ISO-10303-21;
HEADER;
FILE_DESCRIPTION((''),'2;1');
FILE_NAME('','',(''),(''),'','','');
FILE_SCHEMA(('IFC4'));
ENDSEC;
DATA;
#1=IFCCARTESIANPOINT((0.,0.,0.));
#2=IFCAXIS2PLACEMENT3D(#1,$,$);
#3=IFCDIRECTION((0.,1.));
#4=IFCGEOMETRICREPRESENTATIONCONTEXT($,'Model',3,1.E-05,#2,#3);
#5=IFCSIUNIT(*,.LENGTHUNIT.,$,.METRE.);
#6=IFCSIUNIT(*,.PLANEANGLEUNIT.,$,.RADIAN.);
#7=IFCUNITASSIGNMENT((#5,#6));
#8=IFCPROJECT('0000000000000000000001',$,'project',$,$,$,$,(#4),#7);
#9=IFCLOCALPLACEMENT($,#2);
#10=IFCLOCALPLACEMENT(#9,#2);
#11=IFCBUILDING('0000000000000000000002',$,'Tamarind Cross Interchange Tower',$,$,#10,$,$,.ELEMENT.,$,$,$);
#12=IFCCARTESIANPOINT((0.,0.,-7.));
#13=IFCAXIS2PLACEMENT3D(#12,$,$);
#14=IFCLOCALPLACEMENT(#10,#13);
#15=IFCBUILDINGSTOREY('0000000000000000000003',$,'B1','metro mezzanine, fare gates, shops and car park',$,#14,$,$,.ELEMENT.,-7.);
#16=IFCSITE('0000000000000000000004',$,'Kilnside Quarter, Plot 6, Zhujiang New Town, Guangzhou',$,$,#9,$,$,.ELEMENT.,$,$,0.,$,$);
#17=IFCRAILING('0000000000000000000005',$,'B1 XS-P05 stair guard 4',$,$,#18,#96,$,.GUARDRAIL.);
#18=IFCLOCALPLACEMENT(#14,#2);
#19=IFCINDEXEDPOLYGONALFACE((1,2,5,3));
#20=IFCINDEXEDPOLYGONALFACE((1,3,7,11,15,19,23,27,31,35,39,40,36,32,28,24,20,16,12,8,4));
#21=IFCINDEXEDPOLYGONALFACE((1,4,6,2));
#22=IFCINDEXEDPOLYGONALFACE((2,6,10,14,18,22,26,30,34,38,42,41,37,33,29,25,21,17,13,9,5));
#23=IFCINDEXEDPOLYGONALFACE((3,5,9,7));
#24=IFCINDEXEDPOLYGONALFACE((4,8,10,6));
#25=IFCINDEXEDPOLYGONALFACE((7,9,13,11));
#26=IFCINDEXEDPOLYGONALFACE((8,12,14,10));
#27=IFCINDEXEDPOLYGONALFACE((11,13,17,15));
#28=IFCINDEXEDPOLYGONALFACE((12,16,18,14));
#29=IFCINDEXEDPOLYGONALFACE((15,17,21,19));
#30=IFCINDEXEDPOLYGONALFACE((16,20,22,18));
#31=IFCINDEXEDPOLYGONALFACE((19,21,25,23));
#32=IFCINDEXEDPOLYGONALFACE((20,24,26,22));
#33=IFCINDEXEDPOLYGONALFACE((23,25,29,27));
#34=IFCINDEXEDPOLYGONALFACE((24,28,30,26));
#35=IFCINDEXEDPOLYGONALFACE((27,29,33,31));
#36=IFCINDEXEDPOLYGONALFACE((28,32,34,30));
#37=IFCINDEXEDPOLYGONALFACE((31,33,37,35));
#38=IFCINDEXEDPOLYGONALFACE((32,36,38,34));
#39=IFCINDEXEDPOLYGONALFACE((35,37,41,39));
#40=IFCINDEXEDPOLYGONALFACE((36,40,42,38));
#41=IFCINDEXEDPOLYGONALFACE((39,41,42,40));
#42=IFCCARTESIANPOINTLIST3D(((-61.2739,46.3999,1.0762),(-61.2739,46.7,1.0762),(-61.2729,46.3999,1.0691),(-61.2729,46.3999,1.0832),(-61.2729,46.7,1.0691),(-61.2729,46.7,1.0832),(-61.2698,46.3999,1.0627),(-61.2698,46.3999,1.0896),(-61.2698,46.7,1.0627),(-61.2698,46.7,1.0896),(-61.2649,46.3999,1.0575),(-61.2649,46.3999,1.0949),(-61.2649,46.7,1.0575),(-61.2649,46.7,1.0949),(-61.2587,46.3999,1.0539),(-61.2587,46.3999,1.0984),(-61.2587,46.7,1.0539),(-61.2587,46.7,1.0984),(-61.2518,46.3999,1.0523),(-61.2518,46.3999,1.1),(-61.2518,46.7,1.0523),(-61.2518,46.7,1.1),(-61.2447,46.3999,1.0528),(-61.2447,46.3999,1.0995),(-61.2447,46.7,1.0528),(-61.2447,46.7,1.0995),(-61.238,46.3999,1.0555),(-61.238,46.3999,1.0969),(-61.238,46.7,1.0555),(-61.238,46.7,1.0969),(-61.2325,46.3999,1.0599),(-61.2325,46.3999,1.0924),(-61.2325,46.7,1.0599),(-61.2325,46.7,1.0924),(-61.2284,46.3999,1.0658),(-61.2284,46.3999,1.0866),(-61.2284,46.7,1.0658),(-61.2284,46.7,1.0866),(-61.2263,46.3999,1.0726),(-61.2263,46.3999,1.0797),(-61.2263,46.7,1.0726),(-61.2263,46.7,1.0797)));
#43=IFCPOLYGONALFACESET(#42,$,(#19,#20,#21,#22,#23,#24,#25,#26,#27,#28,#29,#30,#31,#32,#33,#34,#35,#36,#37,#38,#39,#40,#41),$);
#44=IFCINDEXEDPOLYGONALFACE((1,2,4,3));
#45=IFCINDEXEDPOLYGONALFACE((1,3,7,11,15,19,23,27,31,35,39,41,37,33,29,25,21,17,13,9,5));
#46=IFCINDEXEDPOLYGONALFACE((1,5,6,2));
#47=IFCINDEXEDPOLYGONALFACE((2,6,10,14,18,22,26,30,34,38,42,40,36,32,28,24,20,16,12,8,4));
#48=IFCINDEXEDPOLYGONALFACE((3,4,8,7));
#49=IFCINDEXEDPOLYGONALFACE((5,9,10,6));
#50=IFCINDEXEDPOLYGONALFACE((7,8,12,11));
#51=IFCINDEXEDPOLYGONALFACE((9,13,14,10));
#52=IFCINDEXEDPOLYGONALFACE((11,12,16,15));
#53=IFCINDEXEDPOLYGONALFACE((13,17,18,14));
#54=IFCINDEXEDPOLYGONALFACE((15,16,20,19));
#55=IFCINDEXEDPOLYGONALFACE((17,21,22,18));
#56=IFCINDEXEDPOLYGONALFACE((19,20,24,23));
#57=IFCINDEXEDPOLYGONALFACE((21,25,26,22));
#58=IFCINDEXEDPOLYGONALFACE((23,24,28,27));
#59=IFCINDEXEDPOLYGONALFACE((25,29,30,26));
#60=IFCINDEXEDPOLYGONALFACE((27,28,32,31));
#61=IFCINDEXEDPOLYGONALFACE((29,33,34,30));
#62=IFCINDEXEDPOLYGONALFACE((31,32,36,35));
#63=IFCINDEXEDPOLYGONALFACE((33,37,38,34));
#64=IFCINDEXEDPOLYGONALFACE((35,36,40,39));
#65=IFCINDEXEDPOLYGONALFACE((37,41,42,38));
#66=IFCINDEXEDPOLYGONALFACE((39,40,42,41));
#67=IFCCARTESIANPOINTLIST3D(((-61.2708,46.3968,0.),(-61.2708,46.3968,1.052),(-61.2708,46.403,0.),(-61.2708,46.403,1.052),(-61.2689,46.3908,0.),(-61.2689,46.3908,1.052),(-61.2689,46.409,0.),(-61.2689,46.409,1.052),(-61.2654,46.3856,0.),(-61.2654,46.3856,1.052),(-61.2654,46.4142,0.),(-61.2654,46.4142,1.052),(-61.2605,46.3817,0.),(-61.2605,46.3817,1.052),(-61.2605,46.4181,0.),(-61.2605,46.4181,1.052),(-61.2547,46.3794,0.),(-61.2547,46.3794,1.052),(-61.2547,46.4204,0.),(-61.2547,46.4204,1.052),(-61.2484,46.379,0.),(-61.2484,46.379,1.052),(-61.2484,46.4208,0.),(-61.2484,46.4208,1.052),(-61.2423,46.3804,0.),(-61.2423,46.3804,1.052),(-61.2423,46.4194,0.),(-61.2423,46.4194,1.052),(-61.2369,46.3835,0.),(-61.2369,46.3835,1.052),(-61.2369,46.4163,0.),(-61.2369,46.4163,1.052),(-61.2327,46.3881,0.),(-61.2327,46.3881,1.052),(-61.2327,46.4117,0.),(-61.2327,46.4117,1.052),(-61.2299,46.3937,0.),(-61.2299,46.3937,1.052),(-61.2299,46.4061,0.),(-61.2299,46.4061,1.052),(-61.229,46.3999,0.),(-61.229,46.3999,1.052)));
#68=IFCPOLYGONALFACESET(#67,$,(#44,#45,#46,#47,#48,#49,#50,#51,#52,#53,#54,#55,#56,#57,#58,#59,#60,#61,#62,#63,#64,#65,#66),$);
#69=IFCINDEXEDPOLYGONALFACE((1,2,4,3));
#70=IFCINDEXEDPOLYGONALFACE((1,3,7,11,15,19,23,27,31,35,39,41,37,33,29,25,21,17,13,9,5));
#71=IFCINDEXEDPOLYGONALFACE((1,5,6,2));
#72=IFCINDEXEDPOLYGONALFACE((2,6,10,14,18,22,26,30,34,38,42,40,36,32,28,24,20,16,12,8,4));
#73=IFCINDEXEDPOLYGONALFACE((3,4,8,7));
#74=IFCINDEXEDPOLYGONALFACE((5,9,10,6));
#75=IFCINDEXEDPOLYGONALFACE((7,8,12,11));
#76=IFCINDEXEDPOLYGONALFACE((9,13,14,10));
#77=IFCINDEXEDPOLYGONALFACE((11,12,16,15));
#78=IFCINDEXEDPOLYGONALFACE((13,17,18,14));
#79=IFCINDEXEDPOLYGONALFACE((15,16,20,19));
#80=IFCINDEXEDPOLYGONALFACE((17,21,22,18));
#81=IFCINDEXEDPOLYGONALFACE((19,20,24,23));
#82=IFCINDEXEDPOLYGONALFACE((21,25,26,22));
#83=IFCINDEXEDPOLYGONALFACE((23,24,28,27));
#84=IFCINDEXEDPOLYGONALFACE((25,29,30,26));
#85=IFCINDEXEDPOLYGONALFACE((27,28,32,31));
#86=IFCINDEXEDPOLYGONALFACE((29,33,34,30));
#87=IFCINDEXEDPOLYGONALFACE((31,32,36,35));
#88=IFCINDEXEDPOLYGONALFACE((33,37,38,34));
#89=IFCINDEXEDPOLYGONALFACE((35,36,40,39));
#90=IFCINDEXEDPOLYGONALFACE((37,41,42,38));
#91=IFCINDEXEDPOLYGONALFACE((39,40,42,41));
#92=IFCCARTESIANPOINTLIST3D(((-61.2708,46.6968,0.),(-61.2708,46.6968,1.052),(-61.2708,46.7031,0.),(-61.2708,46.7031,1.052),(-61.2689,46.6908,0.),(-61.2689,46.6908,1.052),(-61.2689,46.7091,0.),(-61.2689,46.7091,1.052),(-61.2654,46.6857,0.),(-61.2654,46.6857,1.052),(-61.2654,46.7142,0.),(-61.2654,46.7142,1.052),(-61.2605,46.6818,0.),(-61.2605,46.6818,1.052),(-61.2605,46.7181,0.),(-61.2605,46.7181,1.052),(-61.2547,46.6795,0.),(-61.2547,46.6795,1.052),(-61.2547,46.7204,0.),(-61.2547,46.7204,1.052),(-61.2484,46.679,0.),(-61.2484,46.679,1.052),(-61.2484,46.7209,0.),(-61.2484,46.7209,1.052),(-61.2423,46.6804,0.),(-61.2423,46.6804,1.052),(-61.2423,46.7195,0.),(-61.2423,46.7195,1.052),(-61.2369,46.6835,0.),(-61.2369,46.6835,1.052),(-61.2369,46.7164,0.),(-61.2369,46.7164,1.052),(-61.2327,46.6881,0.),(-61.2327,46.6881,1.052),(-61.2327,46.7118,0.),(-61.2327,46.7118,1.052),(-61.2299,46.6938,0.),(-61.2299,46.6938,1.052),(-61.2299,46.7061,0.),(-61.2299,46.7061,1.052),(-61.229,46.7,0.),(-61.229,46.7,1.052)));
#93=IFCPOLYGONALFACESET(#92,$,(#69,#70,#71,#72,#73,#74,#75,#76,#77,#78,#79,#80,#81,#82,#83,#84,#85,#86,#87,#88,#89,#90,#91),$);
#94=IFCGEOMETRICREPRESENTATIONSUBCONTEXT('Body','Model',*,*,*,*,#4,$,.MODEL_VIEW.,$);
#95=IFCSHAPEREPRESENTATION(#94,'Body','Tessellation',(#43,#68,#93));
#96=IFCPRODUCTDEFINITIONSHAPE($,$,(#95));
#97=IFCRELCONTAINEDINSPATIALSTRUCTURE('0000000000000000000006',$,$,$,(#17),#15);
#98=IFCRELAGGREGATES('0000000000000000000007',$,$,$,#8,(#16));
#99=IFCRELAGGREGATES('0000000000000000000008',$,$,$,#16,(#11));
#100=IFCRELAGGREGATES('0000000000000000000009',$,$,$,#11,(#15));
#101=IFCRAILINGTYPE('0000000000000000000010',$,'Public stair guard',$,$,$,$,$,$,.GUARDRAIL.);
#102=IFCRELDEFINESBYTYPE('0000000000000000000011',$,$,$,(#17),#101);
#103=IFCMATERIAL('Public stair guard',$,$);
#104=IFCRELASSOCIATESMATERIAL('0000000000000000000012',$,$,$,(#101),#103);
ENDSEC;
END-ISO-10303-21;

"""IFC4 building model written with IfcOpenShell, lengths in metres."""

from ifc_helpers import new_model, si_unit, direction, frame, origin, origin_2d, place, context, subcontext, project, spatial, circle, extrude, material, type_object, element, save


model = new_model("IFC4")

# Units and contexts
model_context = context("Model", 3, precision=1e-05, world=origin(), true_north=direction((0.0, 1.0)))
body_context = subcontext(model_context, "Body", "Model", "MODEL_VIEW")
ifc_project = project(units=[si_unit("LENGTHUNIT", "METRE"), si_unit("PLANEANGLEUNIT", "RADIAN")], contexts=[model_context])

# Site, building, storey
site_placement = place(None, origin())
site = spatial("IfcSite", under=ifc_project, at=site_placement, Name="Kilnside Quarter, Plot 6, Zhujiang New Town, Guangzhou", CompositionType="ELEMENT", RefElevation=0.0)
building_placement = place(site_placement, origin())
building = spatial("IfcBuilding", under=site, at=building_placement, Name="Tamarind Cross Interchange Tower", CompositionType="ELEMENT")
storey_placement = place(building_placement, frame((0.0, 0.0, -7.0)))
storey = spatial("IfcBuildingStorey", under=building, at=storey_placement, Name="B1", Description="metro mezzanine, fare gates, shops and car park", CompositionType="ELEMENT", Elevation=-7.0)

# Railing
ifc_material_1 = material(Name="Public stair guard")
railing_type_1 = type_object("IfcRailingType", Name="Public stair guard", PredefinedType="GUARDRAIL", material=ifc_material_1)
railing_1_placement = place(storey_placement, frame((-61.25, 46.3999, 0.0)))
element("IfcRailing", 1, at=railing_1_placement, inside=storey, type_object=railing_type_1, Name="B1 XS-P05 stair guard 4", PredefinedType="GUARDRAIL", context=body_context, shape_type="SweptSolid", body=[
    extrude(circle(Radius=0.0239, at=origin_2d()), frame((0.0, 0.0, 1.0762), z_axis=(0.0, 1.0, 0.0), x_axis=(-1.0, 0.0, 0.0)), (0.0, 0.0, 1.0), 0.3),
    extrude(circle(Radius=0.021, at=origin_2d()), origin(), (0.0, 0.0, 1.0), 1.052),
    extrude(circle(Radius=0.021, at=origin_2d()), frame((0.0, 0.3, 0.0)), (0.0, 0.0, 1.0), 1.052),
])

save(model, "model.ifc")
